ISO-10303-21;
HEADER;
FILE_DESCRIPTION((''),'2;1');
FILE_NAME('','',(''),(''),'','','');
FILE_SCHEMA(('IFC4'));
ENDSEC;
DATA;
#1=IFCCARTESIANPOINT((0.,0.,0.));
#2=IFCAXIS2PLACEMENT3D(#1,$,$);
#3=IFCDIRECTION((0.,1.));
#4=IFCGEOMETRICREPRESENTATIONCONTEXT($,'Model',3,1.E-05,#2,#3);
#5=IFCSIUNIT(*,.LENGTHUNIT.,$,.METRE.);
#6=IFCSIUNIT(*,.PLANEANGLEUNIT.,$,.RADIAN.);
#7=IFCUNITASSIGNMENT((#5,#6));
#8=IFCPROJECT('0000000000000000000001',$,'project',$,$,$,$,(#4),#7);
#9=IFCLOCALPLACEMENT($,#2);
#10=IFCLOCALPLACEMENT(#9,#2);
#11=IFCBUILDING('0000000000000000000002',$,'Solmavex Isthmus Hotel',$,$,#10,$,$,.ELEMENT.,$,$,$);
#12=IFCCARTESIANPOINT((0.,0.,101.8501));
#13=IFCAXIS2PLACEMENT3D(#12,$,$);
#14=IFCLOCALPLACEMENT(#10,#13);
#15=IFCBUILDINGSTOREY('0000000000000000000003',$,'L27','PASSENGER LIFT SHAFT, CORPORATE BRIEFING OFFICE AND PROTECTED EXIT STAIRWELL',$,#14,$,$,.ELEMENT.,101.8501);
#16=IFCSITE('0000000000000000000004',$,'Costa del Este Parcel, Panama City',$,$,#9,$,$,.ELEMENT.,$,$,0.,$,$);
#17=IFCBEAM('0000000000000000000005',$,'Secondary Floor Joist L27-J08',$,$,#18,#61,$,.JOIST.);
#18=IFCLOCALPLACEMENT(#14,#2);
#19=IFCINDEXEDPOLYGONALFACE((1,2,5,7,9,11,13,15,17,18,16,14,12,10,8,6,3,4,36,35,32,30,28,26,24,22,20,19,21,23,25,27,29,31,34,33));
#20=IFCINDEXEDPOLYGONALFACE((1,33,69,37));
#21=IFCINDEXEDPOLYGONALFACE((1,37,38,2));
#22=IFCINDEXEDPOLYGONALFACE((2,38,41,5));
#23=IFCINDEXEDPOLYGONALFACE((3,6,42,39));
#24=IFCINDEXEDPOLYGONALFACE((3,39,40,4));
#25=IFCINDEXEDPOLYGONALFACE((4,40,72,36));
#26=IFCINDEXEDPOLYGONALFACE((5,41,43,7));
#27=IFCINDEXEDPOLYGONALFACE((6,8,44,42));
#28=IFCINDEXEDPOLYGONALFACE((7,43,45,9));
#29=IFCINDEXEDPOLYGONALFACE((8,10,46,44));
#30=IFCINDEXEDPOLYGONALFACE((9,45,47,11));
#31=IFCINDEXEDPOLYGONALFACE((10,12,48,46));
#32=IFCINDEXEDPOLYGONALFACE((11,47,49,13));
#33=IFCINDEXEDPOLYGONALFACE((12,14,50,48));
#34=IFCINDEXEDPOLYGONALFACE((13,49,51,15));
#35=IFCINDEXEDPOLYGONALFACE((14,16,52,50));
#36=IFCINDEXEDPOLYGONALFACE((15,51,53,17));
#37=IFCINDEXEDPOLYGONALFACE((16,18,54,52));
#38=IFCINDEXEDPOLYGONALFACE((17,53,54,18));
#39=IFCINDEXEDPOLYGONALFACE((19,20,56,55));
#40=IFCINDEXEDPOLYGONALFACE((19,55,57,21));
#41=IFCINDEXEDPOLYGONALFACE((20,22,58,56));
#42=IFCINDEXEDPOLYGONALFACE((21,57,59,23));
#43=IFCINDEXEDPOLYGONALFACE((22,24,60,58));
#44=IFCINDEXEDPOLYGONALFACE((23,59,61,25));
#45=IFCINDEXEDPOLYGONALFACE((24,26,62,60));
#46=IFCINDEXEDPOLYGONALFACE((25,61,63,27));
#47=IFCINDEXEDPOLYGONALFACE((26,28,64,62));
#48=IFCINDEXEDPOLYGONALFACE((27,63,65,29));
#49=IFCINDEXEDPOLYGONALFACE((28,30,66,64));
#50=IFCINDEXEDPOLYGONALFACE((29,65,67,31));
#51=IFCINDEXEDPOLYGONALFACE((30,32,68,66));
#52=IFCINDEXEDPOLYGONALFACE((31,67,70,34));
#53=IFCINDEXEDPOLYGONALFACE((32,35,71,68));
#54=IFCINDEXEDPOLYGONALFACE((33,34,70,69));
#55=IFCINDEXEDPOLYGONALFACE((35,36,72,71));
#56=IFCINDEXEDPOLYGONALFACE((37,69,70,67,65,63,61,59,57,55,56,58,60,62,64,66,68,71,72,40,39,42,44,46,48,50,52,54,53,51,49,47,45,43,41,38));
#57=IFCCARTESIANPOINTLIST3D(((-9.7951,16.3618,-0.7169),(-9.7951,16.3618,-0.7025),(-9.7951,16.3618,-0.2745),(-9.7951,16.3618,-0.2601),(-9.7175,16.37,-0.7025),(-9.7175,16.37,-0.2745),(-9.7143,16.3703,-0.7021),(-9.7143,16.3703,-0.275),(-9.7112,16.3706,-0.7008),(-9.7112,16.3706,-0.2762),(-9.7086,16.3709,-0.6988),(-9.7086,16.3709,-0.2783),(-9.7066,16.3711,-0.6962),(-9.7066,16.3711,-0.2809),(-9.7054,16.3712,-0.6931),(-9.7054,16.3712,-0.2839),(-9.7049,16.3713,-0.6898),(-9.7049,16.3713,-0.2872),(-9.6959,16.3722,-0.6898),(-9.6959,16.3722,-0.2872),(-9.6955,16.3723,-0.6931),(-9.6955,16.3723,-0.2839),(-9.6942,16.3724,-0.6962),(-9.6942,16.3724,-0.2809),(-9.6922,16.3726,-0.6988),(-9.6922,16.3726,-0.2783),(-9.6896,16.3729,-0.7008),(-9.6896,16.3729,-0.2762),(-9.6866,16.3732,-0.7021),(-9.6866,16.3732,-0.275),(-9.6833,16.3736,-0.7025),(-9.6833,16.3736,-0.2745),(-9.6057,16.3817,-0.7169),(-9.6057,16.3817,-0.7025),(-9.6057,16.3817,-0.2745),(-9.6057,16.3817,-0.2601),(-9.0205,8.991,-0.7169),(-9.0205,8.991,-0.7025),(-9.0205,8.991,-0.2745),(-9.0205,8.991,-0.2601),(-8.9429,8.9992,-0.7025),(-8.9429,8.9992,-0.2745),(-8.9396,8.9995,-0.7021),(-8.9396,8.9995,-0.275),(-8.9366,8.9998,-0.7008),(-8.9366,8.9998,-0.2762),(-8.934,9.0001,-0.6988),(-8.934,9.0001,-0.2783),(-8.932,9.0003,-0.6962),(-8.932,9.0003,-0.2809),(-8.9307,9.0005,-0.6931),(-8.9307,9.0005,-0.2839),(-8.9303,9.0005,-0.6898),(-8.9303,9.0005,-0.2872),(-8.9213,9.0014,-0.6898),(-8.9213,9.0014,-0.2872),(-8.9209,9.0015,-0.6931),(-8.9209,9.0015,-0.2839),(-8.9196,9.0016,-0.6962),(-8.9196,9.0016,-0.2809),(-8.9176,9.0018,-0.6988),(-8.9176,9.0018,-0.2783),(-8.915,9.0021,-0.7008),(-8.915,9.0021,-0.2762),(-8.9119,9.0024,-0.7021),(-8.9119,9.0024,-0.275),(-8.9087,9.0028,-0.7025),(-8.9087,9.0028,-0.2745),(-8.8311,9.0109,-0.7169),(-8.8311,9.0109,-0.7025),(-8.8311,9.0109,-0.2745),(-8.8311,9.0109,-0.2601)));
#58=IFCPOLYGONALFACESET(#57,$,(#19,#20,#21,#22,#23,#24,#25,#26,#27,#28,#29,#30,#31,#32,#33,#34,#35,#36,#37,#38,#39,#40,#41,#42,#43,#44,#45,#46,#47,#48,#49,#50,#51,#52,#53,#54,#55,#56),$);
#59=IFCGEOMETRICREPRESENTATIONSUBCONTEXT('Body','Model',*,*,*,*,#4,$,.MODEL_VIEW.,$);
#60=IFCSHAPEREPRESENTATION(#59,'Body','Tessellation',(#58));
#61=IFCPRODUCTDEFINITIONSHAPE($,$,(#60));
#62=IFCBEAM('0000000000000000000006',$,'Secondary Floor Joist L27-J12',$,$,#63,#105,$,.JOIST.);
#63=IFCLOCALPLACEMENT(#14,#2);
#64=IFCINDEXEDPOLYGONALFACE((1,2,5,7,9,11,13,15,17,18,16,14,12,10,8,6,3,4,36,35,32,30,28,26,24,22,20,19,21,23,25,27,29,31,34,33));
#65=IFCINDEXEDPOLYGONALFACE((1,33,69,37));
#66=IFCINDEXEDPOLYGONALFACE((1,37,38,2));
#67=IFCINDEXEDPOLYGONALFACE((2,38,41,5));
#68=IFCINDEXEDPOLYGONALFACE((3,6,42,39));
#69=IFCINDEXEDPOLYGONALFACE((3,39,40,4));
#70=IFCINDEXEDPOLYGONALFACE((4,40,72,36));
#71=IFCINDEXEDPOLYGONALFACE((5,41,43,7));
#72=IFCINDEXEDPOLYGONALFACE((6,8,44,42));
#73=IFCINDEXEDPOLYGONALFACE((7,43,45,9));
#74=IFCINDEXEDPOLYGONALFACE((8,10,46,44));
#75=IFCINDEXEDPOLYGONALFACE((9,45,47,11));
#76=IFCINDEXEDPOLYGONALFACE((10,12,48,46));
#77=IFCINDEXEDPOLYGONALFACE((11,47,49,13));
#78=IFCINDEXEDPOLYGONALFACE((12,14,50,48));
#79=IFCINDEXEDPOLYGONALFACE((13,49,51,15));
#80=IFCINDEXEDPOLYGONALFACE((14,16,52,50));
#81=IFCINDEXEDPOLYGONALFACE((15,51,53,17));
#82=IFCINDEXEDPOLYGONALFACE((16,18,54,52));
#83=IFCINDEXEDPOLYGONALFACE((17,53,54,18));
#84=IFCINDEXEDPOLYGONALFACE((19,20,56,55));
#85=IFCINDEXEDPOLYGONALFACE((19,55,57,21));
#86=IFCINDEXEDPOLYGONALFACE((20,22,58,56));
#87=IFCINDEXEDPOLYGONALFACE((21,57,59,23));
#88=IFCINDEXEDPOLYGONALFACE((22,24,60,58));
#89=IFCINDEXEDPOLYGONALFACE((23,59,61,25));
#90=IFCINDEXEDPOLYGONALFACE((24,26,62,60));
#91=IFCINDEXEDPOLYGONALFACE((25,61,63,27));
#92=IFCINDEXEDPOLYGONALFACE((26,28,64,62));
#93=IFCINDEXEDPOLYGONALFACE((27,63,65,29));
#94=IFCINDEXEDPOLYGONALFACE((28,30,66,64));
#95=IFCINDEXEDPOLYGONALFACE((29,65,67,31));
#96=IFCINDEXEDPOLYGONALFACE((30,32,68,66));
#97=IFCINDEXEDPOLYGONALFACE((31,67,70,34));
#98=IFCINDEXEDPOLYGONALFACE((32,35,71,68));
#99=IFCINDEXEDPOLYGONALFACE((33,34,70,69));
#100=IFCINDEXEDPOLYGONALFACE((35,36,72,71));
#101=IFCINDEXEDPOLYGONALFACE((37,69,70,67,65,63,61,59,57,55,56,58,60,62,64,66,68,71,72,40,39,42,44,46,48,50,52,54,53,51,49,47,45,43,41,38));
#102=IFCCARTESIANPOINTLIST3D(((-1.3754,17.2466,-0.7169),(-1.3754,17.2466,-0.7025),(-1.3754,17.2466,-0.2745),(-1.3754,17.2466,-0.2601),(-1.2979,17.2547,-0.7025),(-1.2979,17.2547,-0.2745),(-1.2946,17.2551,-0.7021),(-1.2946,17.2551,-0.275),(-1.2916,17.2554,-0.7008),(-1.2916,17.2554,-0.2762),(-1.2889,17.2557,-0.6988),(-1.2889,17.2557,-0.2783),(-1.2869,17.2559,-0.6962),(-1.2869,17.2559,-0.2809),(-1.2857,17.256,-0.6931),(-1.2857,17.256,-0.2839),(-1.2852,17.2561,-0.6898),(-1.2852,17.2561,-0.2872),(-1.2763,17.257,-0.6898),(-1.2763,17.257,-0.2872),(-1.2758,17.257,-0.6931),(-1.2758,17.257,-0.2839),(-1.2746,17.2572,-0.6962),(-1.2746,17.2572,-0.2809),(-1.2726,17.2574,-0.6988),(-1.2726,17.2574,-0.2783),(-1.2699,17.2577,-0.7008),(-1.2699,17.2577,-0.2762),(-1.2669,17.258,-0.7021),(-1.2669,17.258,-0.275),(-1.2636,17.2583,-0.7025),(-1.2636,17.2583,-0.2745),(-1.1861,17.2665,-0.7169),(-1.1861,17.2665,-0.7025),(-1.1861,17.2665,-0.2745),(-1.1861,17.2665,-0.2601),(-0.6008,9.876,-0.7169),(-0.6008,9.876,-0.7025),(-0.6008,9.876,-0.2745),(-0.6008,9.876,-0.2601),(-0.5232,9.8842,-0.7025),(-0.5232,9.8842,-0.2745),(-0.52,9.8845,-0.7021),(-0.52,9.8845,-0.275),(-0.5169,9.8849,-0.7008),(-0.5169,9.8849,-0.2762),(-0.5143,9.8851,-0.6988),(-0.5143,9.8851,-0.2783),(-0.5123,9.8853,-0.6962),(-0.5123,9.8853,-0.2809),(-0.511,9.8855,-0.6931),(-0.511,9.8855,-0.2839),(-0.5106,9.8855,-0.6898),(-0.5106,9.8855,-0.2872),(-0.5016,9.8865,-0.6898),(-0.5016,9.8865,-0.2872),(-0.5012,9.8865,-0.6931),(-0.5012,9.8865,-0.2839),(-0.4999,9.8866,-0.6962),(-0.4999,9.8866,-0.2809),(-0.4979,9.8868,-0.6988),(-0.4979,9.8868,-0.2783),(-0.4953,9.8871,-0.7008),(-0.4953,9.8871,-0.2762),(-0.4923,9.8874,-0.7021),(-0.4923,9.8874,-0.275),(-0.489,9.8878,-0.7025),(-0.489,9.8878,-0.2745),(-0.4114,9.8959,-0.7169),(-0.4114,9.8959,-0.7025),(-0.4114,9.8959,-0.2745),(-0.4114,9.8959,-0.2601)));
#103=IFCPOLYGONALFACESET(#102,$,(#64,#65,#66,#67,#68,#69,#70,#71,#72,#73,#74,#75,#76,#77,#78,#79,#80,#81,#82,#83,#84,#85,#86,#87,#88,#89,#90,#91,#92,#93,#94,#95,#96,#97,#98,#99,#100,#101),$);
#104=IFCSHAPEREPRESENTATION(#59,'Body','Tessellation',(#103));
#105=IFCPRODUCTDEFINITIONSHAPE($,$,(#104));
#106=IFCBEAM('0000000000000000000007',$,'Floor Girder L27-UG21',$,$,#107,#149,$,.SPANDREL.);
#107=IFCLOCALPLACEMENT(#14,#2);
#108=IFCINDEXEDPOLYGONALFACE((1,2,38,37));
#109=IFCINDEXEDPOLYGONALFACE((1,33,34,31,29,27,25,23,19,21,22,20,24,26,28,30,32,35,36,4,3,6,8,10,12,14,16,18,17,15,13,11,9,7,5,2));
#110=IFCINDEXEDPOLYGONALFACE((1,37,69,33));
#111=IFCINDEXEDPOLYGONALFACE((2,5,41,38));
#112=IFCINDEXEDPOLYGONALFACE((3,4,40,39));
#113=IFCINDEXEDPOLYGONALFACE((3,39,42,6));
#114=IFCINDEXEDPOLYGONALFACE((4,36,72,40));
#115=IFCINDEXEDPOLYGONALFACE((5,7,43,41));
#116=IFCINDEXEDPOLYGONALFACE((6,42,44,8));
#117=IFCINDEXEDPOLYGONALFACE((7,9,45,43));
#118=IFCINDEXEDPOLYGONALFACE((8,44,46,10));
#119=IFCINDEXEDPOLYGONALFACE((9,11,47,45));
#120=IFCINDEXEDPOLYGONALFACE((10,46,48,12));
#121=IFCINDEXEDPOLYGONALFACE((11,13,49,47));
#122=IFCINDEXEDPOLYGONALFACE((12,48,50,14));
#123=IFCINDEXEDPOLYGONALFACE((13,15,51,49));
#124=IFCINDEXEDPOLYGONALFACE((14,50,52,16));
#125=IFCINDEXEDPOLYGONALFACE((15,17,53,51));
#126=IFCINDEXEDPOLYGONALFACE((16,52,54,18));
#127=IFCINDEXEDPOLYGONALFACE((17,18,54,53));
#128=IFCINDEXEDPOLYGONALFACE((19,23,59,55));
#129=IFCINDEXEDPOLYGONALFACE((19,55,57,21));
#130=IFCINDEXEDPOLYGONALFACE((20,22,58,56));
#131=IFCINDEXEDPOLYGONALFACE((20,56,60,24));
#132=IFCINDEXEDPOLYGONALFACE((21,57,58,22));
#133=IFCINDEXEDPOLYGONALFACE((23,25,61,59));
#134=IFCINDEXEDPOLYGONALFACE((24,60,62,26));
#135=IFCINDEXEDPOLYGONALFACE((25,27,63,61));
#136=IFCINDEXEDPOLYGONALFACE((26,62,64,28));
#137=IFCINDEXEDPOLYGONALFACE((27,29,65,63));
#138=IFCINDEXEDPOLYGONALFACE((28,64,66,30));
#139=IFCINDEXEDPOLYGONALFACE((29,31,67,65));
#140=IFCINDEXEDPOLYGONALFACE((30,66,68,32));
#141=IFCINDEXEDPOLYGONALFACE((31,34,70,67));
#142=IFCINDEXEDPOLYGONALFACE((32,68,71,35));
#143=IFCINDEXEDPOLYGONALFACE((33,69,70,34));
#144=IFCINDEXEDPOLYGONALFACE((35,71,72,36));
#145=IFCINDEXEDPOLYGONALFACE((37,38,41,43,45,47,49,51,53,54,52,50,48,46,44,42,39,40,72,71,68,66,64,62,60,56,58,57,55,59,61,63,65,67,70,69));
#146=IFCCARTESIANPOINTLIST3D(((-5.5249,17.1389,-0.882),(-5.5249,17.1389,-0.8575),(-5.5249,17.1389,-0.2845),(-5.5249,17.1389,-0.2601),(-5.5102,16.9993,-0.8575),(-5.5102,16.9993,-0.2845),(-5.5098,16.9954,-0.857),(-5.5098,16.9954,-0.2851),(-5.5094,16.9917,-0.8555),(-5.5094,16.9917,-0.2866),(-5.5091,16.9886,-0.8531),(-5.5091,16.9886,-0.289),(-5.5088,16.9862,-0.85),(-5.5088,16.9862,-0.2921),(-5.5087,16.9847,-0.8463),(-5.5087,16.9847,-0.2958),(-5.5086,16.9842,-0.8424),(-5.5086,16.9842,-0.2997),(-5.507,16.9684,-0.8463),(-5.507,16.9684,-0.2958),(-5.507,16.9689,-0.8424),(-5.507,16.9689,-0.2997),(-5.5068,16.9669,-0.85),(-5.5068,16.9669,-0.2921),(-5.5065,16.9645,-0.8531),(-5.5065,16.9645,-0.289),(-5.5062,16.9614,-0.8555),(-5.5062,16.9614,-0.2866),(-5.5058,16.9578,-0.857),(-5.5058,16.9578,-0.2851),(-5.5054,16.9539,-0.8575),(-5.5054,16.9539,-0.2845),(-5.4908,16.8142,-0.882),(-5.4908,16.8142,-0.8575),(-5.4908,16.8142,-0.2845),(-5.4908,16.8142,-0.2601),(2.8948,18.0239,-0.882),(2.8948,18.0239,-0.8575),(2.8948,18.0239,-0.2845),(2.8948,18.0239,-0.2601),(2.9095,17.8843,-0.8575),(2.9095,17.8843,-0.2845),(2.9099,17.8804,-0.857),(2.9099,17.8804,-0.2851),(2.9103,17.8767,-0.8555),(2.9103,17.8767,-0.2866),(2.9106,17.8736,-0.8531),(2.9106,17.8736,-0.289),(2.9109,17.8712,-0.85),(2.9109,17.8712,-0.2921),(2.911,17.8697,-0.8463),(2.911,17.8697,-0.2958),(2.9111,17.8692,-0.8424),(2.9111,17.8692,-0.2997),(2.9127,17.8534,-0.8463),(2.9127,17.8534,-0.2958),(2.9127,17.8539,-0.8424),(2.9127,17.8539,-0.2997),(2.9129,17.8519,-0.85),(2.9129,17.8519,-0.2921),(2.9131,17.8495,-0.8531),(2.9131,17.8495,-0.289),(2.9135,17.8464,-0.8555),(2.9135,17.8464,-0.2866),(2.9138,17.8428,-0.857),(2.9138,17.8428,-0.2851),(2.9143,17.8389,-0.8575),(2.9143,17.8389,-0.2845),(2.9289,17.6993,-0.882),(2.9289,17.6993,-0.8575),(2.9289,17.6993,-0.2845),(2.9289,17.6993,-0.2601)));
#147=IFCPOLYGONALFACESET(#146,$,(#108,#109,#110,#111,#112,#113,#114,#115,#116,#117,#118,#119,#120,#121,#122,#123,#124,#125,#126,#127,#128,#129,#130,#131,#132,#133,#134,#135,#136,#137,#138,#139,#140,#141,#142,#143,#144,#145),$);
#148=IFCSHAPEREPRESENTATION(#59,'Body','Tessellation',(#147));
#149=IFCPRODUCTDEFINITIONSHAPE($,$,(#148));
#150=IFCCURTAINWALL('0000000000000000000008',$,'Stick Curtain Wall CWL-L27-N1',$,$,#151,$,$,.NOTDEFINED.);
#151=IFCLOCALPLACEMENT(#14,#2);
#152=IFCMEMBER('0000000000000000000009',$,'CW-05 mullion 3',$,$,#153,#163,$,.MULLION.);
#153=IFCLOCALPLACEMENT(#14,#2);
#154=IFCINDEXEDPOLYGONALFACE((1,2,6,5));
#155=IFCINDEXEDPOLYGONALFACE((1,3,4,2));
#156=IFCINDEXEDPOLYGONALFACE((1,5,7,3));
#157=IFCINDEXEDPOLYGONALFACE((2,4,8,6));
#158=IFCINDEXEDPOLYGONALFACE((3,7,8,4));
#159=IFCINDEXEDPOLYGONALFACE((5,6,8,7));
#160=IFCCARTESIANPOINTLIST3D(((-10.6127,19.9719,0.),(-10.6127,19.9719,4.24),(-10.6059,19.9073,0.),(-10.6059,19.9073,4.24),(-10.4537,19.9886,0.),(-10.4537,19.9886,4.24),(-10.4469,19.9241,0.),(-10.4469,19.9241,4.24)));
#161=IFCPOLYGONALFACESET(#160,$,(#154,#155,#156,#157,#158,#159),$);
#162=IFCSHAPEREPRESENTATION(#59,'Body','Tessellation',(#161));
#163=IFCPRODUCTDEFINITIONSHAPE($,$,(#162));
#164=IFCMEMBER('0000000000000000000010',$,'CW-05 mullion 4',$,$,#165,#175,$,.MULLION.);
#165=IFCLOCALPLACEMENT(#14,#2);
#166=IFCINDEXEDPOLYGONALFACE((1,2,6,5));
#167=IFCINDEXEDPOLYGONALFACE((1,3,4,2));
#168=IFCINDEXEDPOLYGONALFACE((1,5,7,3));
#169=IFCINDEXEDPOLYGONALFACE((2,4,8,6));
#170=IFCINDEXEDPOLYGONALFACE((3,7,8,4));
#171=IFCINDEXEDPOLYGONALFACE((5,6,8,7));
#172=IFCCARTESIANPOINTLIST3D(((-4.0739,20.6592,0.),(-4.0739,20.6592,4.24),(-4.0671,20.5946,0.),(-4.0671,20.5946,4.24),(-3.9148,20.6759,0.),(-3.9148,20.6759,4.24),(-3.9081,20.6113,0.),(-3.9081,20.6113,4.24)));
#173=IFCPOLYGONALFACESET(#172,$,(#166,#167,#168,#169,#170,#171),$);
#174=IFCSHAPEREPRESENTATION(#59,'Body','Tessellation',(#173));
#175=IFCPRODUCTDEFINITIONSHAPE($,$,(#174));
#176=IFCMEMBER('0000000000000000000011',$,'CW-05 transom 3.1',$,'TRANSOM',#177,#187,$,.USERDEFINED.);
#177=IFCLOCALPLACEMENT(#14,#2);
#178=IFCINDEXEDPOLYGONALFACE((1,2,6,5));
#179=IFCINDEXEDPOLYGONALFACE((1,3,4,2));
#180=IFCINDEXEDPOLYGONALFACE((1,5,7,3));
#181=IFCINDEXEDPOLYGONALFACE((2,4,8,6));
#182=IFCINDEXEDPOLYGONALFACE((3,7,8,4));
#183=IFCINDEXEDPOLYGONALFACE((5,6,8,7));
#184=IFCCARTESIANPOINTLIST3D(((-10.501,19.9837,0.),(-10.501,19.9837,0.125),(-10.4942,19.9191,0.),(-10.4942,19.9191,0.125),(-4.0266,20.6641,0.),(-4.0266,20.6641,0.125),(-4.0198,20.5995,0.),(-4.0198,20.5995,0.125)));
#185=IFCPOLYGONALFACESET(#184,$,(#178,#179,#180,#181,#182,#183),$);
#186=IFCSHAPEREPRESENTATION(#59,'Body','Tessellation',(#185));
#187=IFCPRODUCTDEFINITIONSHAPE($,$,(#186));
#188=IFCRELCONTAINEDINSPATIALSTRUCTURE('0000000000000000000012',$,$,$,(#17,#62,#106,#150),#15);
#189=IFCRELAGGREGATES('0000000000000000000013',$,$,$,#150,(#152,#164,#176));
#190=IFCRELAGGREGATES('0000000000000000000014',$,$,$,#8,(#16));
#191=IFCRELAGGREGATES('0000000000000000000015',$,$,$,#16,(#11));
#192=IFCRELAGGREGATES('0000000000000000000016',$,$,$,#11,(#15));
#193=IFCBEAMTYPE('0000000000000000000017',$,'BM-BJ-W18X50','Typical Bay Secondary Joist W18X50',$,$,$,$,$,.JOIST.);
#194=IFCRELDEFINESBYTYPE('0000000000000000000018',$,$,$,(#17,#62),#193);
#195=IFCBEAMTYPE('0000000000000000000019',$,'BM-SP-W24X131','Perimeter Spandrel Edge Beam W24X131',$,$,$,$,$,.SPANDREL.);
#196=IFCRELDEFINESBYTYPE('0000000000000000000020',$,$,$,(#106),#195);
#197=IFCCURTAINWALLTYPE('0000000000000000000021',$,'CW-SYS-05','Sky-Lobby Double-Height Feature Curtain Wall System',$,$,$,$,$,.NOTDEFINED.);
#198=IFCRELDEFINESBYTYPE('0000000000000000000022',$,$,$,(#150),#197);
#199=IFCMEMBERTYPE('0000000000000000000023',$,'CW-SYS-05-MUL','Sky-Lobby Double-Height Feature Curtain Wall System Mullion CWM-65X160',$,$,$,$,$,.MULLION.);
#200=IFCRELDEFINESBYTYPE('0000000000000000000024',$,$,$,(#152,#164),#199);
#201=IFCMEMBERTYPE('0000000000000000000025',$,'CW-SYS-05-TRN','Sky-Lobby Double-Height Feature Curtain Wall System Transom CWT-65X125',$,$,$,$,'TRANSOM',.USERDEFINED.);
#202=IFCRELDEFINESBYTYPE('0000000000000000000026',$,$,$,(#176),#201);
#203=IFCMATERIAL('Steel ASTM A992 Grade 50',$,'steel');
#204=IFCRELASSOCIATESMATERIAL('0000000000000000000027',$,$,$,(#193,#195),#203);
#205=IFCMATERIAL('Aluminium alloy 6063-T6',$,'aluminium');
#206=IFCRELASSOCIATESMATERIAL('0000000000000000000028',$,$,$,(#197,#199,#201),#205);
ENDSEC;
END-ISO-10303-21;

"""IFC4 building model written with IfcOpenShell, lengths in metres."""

from ifc_helpers import new_model, si_unit, direction, frame, origin, origin_2d, place, context, subcontext, project, spatial, rectangle, i_section, extrude, material, material_profile, profile_set, type_object, element, aggregate, save


model = new_model("IFC4")

# Units and contexts
model_context = context("Model", 3, precision=1e-05, world=origin(), true_north=direction((0.0, 1.0)))
body_context = subcontext(model_context, "Body", "Model", "MODEL_VIEW")
ifc_project = project(units=[si_unit("LENGTHUNIT", "METRE"), si_unit("PLANEANGLEUNIT", "RADIAN")], contexts=[model_context])

# Site, building, storey
site_placement = place(None, origin())
site = spatial("IfcSite", under=ifc_project, at=site_placement, Name="Costa del Este Parcel, Panama City", CompositionType="ELEMENT", RefElevation=0.0)
building_placement = place(site_placement, origin())
building = spatial("IfcBuilding", under=site, at=building_placement, Name="Solmavex Isthmus Hotel", CompositionType="ELEMENT")
storey_placement = place(building_placement, frame((0.0, 0.0, 101.8501)))
storey = spatial("IfcBuildingStorey", under=building, at=storey_placement, Name="L27", Description="PASSENGER LIFT SHAFT, CORPORATE BRIEFING OFFICE AND PROTECTED EXIT STAIRWELL", CompositionType="ELEMENT", Elevation=101.8501)

# Beams
ifc_material_1 = material(Name="Steel ASTM A992 Grade 50", Category="steel")
ifc_material_profile_1 = material_profile(ifc_material_1, i_section(OverallWidth=0.1904, OverallDepth=0.4568, WebThickness=0.009, FlangeThickness=0.0144, FilletRadius=0.0127, at=origin_2d()), Name="W18X50")
ifc_profile_set_1 = profile_set([ifc_material_profile_1], Name="Steel ASTM A992 Grade 50")
beam_type_1 = type_object("IfcBeamType", Name="BM-BJ-W18X50", Description="Typical Bay Secondary Joist W18X50", PredefinedType="JOIST", material=ifc_profile_set_1)
beam_1_placement = place(storey_placement, frame((-8.9258, 9.001, -0.4885), z_axis=(-0.104522, 0.994523, 0.0), x_axis=(-0.994523, -0.104522, 0.0)))
element("IfcBeam", 1, at=beam_1_placement, inside=storey, type_object=beam_type_1, Name="Secondary Floor Joist L27-J08", PredefinedType="JOIST", context=body_context, shape_type="SweptSolid", body=[
    extrude(i_section(OverallWidth=0.1904, OverallDepth=0.4568, WebThickness=0.009, FlangeThickness=0.0144, FilletRadius=0.0127, at=origin_2d()), origin(), (0.0, 0.0, 1.0), 7.4114),
])
beam_2_placement = place(storey_placement, frame((-0.5061, 9.886, -0.4885), z_axis=(-0.104525, 0.994522, 0.0), x_axis=(-0.994522, -0.104525, 0.0)))
element("IfcBeam", 2, at=beam_2_placement, inside=storey, type_object=beam_type_1, Name="Secondary Floor Joist L27-J12", PredefinedType="JOIST", context=body_context, shape_type="SweptSolid", body=[
    extrude(i_section(OverallWidth=0.1904, OverallDepth=0.4568, WebThickness=0.009, FlangeThickness=0.0144, FilletRadius=0.0127, at=origin_2d()), origin(), (0.0, 0.0, 1.0), 7.4111),
])
ifc_material_profile_2 = material_profile(ifc_material_1, i_section(OverallWidth=0.3264, OverallDepth=0.6218, WebThickness=0.0154, FlangeThickness=0.0244, FilletRadius=0.0151, at=origin_2d()), Name="W24X131")
ifc_profile_set_2 = profile_set([ifc_material_profile_2], Name="Steel ASTM A992 Grade 50")
beam_type_2 = type_object("IfcBeamType", Name="BM-SP-W24X131", Description="Perimeter Spandrel Edge Beam W24X131", PredefinedType="SPANDREL", material=ifc_profile_set_2)
beam_3_placement = place(storey_placement, frame((-5.5078, 16.9766, -0.571), z_axis=(0.994521, 0.104536, 0.0), x_axis=(-0.104536, 0.994521, 0.0)))
element("IfcBeam", 3, at=beam_3_placement, inside=storey, type_object=beam_type_2, Name="Floor Girder L27-UG21", PredefinedType="SPANDREL", context=body_context, shape_type="SweptSolid", body=[
    extrude(i_section(OverallWidth=0.3264, OverallDepth=0.6218, WebThickness=0.0154, FlangeThickness=0.0244, FilletRadius=0.0151, at=origin_2d()), origin(), (0.0, 0.0, 1.0), 8.4661),
])

# Curtain wall, members
ifc_material_2 = material(Name="Aluminium alloy 6063-T6", Category="aluminium")
curtain_wall_type = type_object("IfcCurtainWallType", Name="CW-SYS-05", Description="Sky-Lobby Double-Height Feature Curtain Wall System", PredefinedType="NOTDEFINED", material=ifc_material_2)
curtain_wall_placement = place(storey_placement, origin())
curtain_wall = element("IfcCurtainWall", 4, at=curtain_wall_placement, inside=storey, type_object=curtain_wall_type, Name="Stick Curtain Wall CWL-L27-N1", PredefinedType="NOTDEFINED")
ifc_material_profile_3 = material_profile(ifc_material_2, rectangle(XDim=0.0649, YDim=0.1599, at=origin_2d()), Name="CWM-65X160")
ifc_profile_set_3 = profile_set([ifc_material_profile_3], Name="Aluminium alloy 6063-T6")
member_type_1 = type_object("IfcMemberType", Name="CW-SYS-05-MUL", Description="Sky-Lobby Double-Height Feature Curtain Wall System Mullion CWM-65X160", PredefinedType="MULLION", material=ifc_profile_set_3)
member_1_placement = place(storey_placement, frame((-10.5298, 19.948, 0.0), z_axis=(0.0, 0.0, 1.0), x_axis=(-0.104528, 0.994522, 0.0)))
member_1 = element("IfcMember", 5, at=member_1_placement, type_object=member_type_1, Name="CW-05 mullion 3", PredefinedType="MULLION", context=body_context, shape_type="SweptSolid", body=[
    extrude(rectangle(XDim=0.0649, YDim=0.1599, at=origin_2d()), origin(), (0.0, 0.0, 1.0), 4.24),
])
member_2_placement = place(storey_placement, frame((-3.991, 20.6353, 0.0), z_axis=(0.0, 0.0, 1.0), x_axis=(-0.104528, 0.994522, 0.0)))
member_2 = element("IfcMember", 6, at=member_2_placement, type_object=member_type_1, Name="CW-05 mullion 4", PredefinedType="MULLION", context=body_context, shape_type="SweptSolid", body=[
    extrude(rectangle(XDim=0.0649, YDim=0.1599, at=origin_2d()), origin(), (0.0, 0.0, 1.0), 4.24),
])
ifc_material_profile_4 = material_profile(ifc_material_2, rectangle(XDim=0.0649, YDim=0.125, at=origin_2d()), Name="CWT-65X125")
ifc_profile_set_4 = profile_set([ifc_material_profile_4], Name="Aluminium alloy 6063-T6")
member_type_2 = type_object("IfcMemberType", Name="CW-SYS-05-TRN", Description="Sky-Lobby Double-Height Feature Curtain Wall System Transom CWT-65X125", ElementType="TRANSOM", PredefinedType="USERDEFINED", material=ifc_profile_set_4)
member_3_placement = place(storey_placement, frame((-10.4976, 19.9514, 0.0625), z_axis=(0.994523, 0.104519, 0.0), x_axis=(-0.104519, 0.994523, 0.0)))
member_3 = element("IfcMember", 7, at=member_3_placement, type_object=member_type_2, Name="CW-05 transom 3.1", ObjectType="TRANSOM", PredefinedType="USERDEFINED", context=body_context, shape_type="SweptSolid", body=[
    extrude(rectangle(XDim=0.0649, YDim=0.125, at=origin_2d()), origin(), (0.0, 0.0, 1.0), 6.51),
])
aggregate(curtain_wall, [member_1, member_2, member_3])

save(model, "model.ifc")
